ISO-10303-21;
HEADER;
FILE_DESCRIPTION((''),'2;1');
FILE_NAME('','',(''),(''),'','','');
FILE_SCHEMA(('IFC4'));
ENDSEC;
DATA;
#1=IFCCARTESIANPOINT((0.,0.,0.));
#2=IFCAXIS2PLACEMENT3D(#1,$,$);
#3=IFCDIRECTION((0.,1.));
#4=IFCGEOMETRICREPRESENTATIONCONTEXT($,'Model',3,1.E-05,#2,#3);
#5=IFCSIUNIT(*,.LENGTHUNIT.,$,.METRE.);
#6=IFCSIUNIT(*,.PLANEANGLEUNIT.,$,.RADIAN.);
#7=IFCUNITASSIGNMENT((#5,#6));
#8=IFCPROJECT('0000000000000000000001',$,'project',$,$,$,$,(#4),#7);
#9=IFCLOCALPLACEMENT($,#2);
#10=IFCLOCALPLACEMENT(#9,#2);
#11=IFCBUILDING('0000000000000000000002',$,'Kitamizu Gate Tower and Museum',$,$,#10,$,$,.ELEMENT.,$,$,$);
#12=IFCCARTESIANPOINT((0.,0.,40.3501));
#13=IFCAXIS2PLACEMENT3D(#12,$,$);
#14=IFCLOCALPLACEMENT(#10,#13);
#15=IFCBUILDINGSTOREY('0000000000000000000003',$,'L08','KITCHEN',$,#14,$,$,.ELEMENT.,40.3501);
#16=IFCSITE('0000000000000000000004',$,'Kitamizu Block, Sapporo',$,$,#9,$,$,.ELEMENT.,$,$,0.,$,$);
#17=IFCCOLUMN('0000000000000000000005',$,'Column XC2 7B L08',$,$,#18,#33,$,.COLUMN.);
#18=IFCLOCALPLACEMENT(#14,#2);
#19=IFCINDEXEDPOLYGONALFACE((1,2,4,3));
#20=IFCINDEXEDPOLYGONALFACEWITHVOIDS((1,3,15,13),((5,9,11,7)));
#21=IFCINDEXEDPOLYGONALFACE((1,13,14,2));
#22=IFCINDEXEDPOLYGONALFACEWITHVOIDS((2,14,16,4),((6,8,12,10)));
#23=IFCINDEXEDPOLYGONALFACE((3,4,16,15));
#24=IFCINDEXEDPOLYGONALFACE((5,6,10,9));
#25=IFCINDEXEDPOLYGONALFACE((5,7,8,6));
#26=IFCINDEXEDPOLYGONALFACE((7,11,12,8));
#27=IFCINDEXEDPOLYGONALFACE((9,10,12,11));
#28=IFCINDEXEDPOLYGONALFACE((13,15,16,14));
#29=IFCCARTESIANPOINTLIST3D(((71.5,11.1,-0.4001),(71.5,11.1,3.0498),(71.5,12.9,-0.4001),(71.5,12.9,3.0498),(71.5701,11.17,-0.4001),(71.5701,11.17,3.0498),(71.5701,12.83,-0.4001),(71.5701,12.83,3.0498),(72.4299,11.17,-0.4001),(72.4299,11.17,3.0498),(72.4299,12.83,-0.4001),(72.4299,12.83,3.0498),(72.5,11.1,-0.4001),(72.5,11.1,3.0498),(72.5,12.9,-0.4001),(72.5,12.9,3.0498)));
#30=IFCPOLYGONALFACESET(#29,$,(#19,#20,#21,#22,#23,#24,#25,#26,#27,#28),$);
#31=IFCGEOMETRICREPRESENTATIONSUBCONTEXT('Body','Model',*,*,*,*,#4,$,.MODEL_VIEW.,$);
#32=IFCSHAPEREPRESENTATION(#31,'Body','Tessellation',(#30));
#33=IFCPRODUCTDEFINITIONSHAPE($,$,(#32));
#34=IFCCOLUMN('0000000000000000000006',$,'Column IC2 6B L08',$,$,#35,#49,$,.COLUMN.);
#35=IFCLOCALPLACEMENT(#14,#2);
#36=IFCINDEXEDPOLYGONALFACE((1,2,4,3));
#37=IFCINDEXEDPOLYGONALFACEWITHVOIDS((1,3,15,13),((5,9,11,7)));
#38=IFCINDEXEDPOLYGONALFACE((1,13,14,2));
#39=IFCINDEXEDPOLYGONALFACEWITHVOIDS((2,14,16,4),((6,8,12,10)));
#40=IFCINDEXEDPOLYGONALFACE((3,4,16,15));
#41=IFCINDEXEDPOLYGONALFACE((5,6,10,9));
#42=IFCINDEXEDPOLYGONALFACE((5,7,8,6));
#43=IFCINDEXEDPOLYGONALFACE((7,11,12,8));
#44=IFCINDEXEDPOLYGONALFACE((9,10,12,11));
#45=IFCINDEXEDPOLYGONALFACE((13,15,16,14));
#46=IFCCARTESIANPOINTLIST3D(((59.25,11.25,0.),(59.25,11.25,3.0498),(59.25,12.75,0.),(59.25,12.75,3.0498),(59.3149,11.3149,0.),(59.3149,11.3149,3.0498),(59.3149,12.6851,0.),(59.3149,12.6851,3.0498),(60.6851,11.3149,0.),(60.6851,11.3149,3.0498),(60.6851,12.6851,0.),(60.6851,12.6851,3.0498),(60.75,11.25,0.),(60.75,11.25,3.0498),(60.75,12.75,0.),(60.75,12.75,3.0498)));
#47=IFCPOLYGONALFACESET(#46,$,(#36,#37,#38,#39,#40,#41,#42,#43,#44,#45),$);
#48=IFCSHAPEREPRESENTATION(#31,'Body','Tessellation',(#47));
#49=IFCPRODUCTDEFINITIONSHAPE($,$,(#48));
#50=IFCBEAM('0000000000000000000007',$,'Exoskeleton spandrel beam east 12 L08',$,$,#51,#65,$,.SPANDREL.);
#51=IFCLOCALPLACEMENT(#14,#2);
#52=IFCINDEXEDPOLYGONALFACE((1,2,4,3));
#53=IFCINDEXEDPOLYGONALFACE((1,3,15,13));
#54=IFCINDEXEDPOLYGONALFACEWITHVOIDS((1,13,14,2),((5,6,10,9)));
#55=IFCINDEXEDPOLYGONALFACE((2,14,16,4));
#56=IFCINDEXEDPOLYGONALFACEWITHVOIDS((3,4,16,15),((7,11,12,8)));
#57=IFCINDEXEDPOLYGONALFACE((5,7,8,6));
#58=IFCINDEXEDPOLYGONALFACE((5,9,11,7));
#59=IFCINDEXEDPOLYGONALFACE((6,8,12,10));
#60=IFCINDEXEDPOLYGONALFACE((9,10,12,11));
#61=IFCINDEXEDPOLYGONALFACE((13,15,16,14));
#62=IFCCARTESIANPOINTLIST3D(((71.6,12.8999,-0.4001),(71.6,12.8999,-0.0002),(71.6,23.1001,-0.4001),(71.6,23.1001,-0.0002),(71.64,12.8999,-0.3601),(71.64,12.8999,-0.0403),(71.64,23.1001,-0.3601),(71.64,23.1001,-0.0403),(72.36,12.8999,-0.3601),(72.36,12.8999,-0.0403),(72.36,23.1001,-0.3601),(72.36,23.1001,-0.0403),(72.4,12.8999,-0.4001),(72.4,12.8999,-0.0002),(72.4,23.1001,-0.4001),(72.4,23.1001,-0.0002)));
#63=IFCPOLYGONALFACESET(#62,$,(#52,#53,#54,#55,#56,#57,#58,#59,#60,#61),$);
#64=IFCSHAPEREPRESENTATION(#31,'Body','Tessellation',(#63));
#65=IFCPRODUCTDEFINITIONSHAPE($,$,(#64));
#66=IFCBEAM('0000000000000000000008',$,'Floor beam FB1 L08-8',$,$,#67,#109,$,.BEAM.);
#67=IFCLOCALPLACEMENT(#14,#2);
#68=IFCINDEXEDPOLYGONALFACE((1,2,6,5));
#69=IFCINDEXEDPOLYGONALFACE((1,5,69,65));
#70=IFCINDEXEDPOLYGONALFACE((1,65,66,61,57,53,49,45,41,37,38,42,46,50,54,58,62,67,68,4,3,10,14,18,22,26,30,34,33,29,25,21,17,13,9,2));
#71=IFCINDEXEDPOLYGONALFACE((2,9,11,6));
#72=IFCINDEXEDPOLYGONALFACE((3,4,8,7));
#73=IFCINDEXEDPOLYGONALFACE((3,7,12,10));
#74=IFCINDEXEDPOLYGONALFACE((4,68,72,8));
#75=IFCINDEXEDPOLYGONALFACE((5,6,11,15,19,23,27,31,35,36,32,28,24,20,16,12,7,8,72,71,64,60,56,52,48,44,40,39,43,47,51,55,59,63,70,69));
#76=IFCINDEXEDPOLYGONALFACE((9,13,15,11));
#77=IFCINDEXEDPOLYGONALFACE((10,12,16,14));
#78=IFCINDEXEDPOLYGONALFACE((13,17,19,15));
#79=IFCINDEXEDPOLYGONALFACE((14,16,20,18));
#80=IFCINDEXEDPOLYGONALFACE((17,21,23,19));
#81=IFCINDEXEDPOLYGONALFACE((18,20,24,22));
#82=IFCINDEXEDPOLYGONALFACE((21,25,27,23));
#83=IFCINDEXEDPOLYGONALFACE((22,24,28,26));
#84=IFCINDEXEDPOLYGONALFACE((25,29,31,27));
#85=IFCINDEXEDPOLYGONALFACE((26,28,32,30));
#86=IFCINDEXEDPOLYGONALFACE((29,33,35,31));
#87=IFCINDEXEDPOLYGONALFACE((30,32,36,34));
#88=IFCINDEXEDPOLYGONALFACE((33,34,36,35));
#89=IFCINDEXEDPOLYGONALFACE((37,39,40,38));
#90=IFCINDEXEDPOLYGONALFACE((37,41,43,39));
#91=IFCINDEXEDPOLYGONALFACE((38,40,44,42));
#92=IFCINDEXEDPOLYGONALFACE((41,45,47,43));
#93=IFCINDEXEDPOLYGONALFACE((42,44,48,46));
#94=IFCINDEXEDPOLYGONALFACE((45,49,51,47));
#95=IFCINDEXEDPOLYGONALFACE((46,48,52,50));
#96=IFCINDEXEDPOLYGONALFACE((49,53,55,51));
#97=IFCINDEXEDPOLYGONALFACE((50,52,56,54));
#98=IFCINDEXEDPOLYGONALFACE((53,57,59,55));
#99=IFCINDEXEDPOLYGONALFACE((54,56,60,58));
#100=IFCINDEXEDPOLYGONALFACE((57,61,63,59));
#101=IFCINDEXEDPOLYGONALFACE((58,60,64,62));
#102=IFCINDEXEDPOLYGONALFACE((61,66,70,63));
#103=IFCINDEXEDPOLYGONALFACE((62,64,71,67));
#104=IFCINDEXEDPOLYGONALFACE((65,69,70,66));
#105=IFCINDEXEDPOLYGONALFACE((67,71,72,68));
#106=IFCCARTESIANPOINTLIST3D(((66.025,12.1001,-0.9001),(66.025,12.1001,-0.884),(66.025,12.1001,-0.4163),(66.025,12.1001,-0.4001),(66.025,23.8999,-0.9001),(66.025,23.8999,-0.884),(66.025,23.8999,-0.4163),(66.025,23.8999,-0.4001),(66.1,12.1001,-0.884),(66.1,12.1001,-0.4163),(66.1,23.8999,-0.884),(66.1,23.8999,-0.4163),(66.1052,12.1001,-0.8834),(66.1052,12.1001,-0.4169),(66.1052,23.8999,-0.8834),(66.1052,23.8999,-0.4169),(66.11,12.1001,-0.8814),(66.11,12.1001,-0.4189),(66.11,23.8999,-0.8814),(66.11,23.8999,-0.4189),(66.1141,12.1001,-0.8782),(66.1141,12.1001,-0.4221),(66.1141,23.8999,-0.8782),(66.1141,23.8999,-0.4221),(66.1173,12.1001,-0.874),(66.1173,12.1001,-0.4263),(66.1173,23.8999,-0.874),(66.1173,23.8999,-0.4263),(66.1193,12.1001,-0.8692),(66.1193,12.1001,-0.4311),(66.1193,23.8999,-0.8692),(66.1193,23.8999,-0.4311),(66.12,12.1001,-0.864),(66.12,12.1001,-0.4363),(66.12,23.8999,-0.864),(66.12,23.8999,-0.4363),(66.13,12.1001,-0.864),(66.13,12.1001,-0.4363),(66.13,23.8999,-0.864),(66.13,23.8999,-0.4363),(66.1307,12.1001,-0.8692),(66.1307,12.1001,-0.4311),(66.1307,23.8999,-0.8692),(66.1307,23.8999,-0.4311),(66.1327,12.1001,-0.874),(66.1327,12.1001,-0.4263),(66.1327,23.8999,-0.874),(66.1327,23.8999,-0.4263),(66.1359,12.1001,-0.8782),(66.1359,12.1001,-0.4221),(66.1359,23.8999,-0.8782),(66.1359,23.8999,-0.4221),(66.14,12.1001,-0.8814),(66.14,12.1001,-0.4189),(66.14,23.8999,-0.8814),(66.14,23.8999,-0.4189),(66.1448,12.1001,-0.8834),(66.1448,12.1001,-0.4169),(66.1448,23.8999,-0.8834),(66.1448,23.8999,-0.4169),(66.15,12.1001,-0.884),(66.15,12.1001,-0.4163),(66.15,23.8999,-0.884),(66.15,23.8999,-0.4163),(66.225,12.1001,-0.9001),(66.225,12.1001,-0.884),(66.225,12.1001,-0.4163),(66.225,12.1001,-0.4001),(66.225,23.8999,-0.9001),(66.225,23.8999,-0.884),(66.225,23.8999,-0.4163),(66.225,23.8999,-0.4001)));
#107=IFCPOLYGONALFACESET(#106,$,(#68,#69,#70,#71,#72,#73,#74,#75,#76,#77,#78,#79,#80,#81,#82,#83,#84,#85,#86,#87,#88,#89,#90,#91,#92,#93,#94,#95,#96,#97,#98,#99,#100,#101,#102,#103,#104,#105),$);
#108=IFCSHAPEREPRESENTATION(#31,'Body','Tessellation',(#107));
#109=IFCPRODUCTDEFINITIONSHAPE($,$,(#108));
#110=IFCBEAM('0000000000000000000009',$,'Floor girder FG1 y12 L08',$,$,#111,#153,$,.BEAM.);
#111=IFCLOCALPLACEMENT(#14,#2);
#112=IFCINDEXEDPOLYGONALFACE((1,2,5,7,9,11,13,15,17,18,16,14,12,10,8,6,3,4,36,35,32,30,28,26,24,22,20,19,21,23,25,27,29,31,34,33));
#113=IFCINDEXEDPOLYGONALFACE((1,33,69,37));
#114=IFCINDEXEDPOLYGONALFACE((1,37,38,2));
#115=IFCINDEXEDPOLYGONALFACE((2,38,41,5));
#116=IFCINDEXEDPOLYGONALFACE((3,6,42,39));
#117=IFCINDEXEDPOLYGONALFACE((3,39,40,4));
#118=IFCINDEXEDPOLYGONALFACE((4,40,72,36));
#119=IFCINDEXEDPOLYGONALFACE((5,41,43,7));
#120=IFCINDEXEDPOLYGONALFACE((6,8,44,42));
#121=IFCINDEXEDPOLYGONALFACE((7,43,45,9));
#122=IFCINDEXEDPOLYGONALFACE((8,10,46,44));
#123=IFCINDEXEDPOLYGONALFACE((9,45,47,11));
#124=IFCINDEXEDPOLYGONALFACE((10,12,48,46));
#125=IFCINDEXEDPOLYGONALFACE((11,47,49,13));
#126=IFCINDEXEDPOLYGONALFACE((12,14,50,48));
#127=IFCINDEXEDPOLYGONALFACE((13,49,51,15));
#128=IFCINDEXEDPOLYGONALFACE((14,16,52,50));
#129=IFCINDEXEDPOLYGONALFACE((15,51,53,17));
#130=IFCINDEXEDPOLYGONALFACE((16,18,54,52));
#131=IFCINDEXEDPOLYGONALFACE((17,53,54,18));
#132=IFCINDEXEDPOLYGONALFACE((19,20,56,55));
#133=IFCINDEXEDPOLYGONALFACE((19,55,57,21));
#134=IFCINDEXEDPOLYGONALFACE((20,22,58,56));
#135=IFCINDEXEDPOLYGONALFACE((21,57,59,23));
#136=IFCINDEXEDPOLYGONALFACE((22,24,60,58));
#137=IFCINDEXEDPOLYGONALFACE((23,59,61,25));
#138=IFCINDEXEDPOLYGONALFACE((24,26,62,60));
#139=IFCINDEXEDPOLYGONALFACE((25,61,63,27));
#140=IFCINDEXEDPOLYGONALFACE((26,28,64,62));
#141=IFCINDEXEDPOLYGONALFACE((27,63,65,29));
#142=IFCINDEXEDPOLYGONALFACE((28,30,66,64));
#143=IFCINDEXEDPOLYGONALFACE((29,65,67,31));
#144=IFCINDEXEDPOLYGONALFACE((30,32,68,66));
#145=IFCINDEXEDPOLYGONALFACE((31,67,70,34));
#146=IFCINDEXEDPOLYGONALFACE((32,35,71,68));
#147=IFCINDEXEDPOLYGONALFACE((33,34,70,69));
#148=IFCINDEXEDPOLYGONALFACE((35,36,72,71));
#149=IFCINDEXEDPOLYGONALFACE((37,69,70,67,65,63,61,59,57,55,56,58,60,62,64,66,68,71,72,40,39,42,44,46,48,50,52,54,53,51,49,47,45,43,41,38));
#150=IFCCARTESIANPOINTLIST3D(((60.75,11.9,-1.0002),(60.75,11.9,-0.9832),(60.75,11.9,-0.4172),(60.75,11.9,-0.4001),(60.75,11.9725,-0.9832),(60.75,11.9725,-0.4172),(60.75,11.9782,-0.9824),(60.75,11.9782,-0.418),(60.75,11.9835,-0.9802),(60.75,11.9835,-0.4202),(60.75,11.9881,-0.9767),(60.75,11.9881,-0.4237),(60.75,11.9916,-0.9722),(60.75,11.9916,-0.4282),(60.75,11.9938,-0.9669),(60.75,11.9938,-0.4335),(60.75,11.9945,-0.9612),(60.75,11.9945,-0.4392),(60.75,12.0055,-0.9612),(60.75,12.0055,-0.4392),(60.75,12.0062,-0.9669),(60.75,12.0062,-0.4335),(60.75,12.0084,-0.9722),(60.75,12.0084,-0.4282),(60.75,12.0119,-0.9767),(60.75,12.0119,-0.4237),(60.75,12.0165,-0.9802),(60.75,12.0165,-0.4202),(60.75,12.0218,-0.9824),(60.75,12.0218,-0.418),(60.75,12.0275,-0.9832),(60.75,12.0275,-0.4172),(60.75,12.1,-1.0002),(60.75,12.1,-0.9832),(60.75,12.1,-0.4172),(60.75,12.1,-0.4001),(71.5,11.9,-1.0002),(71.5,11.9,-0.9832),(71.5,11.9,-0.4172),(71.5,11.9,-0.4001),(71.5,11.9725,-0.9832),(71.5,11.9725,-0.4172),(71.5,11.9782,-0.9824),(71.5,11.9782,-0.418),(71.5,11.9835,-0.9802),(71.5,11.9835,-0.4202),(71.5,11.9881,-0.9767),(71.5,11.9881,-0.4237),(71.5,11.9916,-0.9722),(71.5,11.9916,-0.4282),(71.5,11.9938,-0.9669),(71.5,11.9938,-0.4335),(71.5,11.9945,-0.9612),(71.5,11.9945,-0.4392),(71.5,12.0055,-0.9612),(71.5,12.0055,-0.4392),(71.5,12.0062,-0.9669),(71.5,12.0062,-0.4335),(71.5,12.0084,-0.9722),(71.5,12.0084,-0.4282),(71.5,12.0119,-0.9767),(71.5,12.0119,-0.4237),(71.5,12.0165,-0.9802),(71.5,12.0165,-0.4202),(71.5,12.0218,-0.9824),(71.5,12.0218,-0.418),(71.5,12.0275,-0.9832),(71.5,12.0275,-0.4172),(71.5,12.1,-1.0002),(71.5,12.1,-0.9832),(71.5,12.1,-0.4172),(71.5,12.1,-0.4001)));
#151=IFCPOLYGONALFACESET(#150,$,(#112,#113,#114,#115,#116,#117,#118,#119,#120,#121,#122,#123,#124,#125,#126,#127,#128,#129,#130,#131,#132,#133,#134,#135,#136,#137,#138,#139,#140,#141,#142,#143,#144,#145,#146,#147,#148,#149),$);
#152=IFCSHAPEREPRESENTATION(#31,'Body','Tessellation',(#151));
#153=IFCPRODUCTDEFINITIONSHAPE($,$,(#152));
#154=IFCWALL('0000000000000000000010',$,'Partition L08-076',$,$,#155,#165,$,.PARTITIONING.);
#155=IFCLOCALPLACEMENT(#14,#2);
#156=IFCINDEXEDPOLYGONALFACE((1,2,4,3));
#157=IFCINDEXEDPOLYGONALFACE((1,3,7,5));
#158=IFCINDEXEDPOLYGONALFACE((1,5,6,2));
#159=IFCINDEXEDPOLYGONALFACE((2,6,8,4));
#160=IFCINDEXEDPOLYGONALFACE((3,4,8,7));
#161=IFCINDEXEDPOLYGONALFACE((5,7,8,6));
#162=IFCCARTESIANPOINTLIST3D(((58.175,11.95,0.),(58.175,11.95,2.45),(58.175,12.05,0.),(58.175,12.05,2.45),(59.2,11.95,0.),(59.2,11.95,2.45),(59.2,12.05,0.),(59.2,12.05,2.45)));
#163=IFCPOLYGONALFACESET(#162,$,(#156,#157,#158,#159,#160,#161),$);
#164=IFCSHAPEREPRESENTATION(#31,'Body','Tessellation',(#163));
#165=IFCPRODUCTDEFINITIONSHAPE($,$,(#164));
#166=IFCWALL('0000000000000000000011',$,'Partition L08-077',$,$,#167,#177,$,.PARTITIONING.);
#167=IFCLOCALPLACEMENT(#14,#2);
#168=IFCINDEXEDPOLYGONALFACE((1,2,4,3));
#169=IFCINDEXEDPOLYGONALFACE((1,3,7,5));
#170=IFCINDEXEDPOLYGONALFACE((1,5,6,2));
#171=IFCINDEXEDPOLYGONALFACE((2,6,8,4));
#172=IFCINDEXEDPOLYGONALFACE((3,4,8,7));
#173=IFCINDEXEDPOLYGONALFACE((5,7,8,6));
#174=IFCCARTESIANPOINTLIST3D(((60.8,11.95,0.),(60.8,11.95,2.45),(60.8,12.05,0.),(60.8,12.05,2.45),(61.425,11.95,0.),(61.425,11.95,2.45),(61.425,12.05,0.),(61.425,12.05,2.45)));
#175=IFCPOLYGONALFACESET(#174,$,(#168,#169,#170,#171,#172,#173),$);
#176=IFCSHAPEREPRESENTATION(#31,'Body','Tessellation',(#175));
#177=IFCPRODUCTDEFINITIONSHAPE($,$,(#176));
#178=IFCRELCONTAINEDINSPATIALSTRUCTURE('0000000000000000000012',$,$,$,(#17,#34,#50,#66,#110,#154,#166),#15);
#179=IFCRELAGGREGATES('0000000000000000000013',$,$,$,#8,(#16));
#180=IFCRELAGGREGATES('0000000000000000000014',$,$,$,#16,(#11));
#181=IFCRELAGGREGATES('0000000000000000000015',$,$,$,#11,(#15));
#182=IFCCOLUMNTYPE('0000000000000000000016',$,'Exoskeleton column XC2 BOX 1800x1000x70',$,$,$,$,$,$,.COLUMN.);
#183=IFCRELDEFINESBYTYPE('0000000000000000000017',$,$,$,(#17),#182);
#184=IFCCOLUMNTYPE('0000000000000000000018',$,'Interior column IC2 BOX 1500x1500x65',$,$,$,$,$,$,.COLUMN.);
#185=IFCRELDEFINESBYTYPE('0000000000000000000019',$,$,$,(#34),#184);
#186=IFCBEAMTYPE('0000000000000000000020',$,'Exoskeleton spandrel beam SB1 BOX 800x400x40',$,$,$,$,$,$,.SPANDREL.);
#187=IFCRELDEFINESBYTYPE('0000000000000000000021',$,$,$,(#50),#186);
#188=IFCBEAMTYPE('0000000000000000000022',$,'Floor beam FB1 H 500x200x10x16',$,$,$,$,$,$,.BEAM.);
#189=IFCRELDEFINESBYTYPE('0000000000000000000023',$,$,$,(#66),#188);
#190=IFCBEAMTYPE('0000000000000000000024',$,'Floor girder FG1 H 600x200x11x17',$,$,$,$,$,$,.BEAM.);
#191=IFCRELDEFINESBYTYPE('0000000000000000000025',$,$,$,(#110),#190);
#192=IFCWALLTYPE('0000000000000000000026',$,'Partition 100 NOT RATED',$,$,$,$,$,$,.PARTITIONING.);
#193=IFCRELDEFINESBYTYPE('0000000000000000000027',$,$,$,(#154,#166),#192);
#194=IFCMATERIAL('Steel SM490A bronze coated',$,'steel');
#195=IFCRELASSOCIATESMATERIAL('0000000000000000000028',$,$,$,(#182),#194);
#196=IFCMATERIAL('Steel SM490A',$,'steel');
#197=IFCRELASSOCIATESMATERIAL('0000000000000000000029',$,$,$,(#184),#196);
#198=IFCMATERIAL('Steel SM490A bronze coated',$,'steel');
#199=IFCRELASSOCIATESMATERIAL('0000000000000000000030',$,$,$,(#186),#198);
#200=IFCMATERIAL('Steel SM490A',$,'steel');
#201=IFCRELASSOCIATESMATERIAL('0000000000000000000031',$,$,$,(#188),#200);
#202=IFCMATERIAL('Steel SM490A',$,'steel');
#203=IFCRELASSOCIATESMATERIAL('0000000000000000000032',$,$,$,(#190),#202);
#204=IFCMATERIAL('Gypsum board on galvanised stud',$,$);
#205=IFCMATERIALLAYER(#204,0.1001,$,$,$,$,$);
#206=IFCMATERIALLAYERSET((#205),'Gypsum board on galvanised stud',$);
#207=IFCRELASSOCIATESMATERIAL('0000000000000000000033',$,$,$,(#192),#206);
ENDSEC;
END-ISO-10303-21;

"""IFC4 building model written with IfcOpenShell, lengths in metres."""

from ifc_helpers import new_model, si_unit, direction, frame, frame_2d, origin, origin_2d, place, context, subcontext, project, spatial, rectangle, hollow_rectangle, i_section, extrude, material, layer, layer_set, material_profile, profile_set, type_object, element, save


model = new_model("IFC4")

# Units and contexts
model_context = context("Model", 3, precision=1e-05, world=origin(), true_north=direction((0.0, 1.0)))
body_context = subcontext(model_context, "Body", "Model", "MODEL_VIEW")
ifc_project = project(units=[si_unit("LENGTHUNIT", "METRE"), si_unit("PLANEANGLEUNIT", "RADIAN")], contexts=[model_context])

# Site, building, storey
site_placement = place(None, origin())
site = spatial("IfcSite", under=ifc_project, at=site_placement, Name="Kitamizu Block, Sapporo", CompositionType="ELEMENT", RefElevation=0.0)
building_placement = place(site_placement, origin())
building = spatial("IfcBuilding", under=site, at=building_placement, Name="Kitamizu Gate Tower and Museum", CompositionType="ELEMENT")
storey_placement = place(building_placement, frame((0.0, 0.0, 40.3501)))
storey = spatial("IfcBuildingStorey", under=building, at=storey_placement, Name="L08", Description="KITCHEN", CompositionType="ELEMENT", Elevation=40.3501)

# Columns
ifc_material_1 = material(Name="Steel SM490A bronze coated", Category="steel")
ifc_material_profile_1 = material_profile(ifc_material_1, hollow_rectangle(XDim=1.8, YDim=1.0, WallThickness=0.0701, at=origin_2d()), Name="BOX 1800x1000x70")
ifc_profile_set_1 = profile_set([ifc_material_profile_1], Name="Steel SM490A bronze coated")
column_type_1 = type_object("IfcColumnType", Name="Exoskeleton column XC2 BOX 1800x1000x70", PredefinedType="COLUMN", material=ifc_profile_set_1)
column_1_placement = place(storey_placement, frame((72.0, 12.0, -0.4001), z_axis=(0.0, 0.0, 1.0), x_axis=(0.0, 1.0, 0.0)))
element("IfcColumn", 1, at=column_1_placement, inside=storey, type_object=column_type_1, Name="Column XC2 7B L08", PredefinedType="COLUMN", context=body_context, shape_type="SweptSolid", body=[
    extrude(hollow_rectangle(XDim=1.8, YDim=1.0, WallThickness=0.0701, at=origin_2d()), origin(), (0.0, 0.0, 1.0), 3.45),
])
ifc_material_2 = material(Name="Steel SM490A", Category="steel")
ifc_material_profile_2 = material_profile(ifc_material_2, hollow_rectangle(XDim=1.5, YDim=1.5, WallThickness=0.0649, at=origin_2d()), Name="BOX 1500x1500x65")
ifc_profile_set_2 = profile_set([ifc_material_profile_2], Name="Steel SM490A")
column_type_2 = type_object("IfcColumnType", Name="Interior column IC2 BOX 1500x1500x65", PredefinedType="COLUMN", material=ifc_profile_set_2)
column_2_placement = place(storey_placement, frame((60.0, 12.0, 0.0), z_axis=(0.0, 0.0, 1.0), x_axis=(1.0, 0.0, 0.0)))
element("IfcColumn", 2, at=column_2_placement, inside=storey, type_object=column_type_2, Name="Column IC2 6B L08", PredefinedType="COLUMN", context=body_context, shape_type="SweptSolid", body=[
    extrude(hollow_rectangle(XDim=1.5, YDim=1.5, WallThickness=0.0649, at=origin_2d()), origin(), (0.0, 0.0, 1.0), 3.0498),
])

# Beams
ifc_material_3 = material(Name="Steel SM490A bronze coated", Category="steel")
ifc_material_profile_3 = material_profile(ifc_material_3, hollow_rectangle(XDim=0.8, YDim=0.3999, WallThickness=0.04, at=origin_2d()), Name="BOX 800x400x40")
ifc_profile_set_3 = profile_set([ifc_material_profile_3], Name="Steel SM490A bronze coated")
beam_type_1 = type_object("IfcBeamType", Name="Exoskeleton spandrel beam SB1 BOX 800x400x40", PredefinedType="SPANDREL", material=ifc_profile_set_3)
beam_1_placement = place(storey_placement, frame((72.0, 12.8999, -0.2002), z_axis=(0.0, 1.0, 0.0), x_axis=(-1.0, 0.0, 0.0)))
element("IfcBeam", 3, at=beam_1_placement, inside=storey, type_object=beam_type_1, Name="Exoskeleton spandrel beam east 12 L08", PredefinedType="SPANDREL", context=body_context, shape_type="SweptSolid", body=[
    extrude(hollow_rectangle(XDim=0.8, YDim=0.3999, WallThickness=0.04, at=origin_2d()), origin(), (0.0, 0.0, 1.0), 10.2002),
])
ifc_material_4 = material(Name="Steel SM490A", Category="steel")
ifc_material_profile_4 = material_profile(ifc_material_4, i_section(OverallWidth=0.2, OverallDepth=0.5, WebThickness=0.01, FlangeThickness=0.0161, FilletRadius=0.02, at=origin_2d()), Name="H-500x200x10x16")
ifc_profile_set_4 = profile_set([ifc_material_profile_4], Name="Steel SM490A")
beam_type_2 = type_object("IfcBeamType", Name="Floor beam FB1 H 500x200x10x16", PredefinedType="BEAM", material=ifc_profile_set_4)
beam_2_placement = place(storey_placement, frame((66.125, 12.1001, -0.6501), z_axis=(0.0, 1.0, 0.0), x_axis=(-1.0, 0.0, 0.0)))
element("IfcBeam", 4, at=beam_2_placement, inside=storey, type_object=beam_type_2, Name="Floor beam FB1 L08-8", PredefinedType="BEAM", context=body_context, shape_type="SweptSolid", body=[
    extrude(i_section(OverallWidth=0.2, OverallDepth=0.5, WebThickness=0.01, FlangeThickness=0.0161, FilletRadius=0.02, at=origin_2d()), origin(), (0.0, 0.0, 1.0), 11.7998),
])
ifc_material_5 = material(Name="Steel SM490A", Category="steel")
ifc_material_profile_5 = material_profile(ifc_material_5, i_section(OverallWidth=0.2, OverallDepth=0.6001, WebThickness=0.011, FlangeThickness=0.0171, FilletRadius=0.022, at=origin_2d()), Name="H-600x200x11x17")
ifc_profile_set_5 = profile_set([ifc_material_profile_5], Name="Steel SM490A")
beam_type_3 = type_object("IfcBeamType", Name="Floor girder FG1 H 600x200x11x17", PredefinedType="BEAM", material=ifc_profile_set_5)
beam_3_placement = place(storey_placement, frame((60.75, 12.0, -0.7002), z_axis=(1.0, 0.0, 0.0), x_axis=(0.0, 1.0, 0.0)))
element("IfcBeam", 5, at=beam_3_placement, inside=storey, type_object=beam_type_3, Name="Floor girder FG1 y12 L08", PredefinedType="BEAM", context=body_context, shape_type="SweptSolid", body=[
    extrude(i_section(OverallWidth=0.2, OverallDepth=0.6001, WebThickness=0.011, FlangeThickness=0.0171, FilletRadius=0.022, at=origin_2d()), origin(), (0.0, 0.0, 1.0), 10.75),
])

# Walls
ifc_material_6 = material(Name="Gypsum board on galvanised stud")
ifc_layer_1 = layer(ifc_material_6, 0.1001)
ifc_layer_set_1 = layer_set([ifc_layer_1], Name="Gypsum board on galvanised stud")
wall_type_1 = type_object("IfcWallType", Name="Partition 100 NOT RATED", PredefinedType="PARTITIONING", material=ifc_layer_set_1)
wall_1_placement = place(storey_placement, frame((59.2, 12.0, 0.0), z_axis=(0.0, 0.0, 1.0), x_axis=(-1.0, 0.0, 0.0)))
element("IfcWall", 6, at=wall_1_placement, inside=storey, type_object=wall_type_1, Name="Partition L08-076", PredefinedType="PARTITIONING", context=body_context, shape_type="SweptSolid", body=[
    extrude(rectangle(XDim=1.0249, YDim=0.1001, at=frame_2d((0.5125, 0.0))), origin(), (0.0, 0.0, 1.0), 2.45),
])
wall_2_placement = place(storey_placement, frame((61.425, 12.0, 0.0), z_axis=(0.0, 0.0, 1.0), x_axis=(-1.0, 0.0, 0.0)))
element("IfcWall", 7, at=wall_2_placement, inside=storey, type_object=wall_type_1, Name="Partition L08-077", PredefinedType="PARTITIONING", context=body_context, shape_type="SweptSolid", body=[
    extrude(rectangle(XDim=0.625, YDim=0.1001, at=frame_2d((0.3125, 0.0))), origin(), (0.0, 0.0, 1.0), 2.45),
])

save(model, "model.ifc")
